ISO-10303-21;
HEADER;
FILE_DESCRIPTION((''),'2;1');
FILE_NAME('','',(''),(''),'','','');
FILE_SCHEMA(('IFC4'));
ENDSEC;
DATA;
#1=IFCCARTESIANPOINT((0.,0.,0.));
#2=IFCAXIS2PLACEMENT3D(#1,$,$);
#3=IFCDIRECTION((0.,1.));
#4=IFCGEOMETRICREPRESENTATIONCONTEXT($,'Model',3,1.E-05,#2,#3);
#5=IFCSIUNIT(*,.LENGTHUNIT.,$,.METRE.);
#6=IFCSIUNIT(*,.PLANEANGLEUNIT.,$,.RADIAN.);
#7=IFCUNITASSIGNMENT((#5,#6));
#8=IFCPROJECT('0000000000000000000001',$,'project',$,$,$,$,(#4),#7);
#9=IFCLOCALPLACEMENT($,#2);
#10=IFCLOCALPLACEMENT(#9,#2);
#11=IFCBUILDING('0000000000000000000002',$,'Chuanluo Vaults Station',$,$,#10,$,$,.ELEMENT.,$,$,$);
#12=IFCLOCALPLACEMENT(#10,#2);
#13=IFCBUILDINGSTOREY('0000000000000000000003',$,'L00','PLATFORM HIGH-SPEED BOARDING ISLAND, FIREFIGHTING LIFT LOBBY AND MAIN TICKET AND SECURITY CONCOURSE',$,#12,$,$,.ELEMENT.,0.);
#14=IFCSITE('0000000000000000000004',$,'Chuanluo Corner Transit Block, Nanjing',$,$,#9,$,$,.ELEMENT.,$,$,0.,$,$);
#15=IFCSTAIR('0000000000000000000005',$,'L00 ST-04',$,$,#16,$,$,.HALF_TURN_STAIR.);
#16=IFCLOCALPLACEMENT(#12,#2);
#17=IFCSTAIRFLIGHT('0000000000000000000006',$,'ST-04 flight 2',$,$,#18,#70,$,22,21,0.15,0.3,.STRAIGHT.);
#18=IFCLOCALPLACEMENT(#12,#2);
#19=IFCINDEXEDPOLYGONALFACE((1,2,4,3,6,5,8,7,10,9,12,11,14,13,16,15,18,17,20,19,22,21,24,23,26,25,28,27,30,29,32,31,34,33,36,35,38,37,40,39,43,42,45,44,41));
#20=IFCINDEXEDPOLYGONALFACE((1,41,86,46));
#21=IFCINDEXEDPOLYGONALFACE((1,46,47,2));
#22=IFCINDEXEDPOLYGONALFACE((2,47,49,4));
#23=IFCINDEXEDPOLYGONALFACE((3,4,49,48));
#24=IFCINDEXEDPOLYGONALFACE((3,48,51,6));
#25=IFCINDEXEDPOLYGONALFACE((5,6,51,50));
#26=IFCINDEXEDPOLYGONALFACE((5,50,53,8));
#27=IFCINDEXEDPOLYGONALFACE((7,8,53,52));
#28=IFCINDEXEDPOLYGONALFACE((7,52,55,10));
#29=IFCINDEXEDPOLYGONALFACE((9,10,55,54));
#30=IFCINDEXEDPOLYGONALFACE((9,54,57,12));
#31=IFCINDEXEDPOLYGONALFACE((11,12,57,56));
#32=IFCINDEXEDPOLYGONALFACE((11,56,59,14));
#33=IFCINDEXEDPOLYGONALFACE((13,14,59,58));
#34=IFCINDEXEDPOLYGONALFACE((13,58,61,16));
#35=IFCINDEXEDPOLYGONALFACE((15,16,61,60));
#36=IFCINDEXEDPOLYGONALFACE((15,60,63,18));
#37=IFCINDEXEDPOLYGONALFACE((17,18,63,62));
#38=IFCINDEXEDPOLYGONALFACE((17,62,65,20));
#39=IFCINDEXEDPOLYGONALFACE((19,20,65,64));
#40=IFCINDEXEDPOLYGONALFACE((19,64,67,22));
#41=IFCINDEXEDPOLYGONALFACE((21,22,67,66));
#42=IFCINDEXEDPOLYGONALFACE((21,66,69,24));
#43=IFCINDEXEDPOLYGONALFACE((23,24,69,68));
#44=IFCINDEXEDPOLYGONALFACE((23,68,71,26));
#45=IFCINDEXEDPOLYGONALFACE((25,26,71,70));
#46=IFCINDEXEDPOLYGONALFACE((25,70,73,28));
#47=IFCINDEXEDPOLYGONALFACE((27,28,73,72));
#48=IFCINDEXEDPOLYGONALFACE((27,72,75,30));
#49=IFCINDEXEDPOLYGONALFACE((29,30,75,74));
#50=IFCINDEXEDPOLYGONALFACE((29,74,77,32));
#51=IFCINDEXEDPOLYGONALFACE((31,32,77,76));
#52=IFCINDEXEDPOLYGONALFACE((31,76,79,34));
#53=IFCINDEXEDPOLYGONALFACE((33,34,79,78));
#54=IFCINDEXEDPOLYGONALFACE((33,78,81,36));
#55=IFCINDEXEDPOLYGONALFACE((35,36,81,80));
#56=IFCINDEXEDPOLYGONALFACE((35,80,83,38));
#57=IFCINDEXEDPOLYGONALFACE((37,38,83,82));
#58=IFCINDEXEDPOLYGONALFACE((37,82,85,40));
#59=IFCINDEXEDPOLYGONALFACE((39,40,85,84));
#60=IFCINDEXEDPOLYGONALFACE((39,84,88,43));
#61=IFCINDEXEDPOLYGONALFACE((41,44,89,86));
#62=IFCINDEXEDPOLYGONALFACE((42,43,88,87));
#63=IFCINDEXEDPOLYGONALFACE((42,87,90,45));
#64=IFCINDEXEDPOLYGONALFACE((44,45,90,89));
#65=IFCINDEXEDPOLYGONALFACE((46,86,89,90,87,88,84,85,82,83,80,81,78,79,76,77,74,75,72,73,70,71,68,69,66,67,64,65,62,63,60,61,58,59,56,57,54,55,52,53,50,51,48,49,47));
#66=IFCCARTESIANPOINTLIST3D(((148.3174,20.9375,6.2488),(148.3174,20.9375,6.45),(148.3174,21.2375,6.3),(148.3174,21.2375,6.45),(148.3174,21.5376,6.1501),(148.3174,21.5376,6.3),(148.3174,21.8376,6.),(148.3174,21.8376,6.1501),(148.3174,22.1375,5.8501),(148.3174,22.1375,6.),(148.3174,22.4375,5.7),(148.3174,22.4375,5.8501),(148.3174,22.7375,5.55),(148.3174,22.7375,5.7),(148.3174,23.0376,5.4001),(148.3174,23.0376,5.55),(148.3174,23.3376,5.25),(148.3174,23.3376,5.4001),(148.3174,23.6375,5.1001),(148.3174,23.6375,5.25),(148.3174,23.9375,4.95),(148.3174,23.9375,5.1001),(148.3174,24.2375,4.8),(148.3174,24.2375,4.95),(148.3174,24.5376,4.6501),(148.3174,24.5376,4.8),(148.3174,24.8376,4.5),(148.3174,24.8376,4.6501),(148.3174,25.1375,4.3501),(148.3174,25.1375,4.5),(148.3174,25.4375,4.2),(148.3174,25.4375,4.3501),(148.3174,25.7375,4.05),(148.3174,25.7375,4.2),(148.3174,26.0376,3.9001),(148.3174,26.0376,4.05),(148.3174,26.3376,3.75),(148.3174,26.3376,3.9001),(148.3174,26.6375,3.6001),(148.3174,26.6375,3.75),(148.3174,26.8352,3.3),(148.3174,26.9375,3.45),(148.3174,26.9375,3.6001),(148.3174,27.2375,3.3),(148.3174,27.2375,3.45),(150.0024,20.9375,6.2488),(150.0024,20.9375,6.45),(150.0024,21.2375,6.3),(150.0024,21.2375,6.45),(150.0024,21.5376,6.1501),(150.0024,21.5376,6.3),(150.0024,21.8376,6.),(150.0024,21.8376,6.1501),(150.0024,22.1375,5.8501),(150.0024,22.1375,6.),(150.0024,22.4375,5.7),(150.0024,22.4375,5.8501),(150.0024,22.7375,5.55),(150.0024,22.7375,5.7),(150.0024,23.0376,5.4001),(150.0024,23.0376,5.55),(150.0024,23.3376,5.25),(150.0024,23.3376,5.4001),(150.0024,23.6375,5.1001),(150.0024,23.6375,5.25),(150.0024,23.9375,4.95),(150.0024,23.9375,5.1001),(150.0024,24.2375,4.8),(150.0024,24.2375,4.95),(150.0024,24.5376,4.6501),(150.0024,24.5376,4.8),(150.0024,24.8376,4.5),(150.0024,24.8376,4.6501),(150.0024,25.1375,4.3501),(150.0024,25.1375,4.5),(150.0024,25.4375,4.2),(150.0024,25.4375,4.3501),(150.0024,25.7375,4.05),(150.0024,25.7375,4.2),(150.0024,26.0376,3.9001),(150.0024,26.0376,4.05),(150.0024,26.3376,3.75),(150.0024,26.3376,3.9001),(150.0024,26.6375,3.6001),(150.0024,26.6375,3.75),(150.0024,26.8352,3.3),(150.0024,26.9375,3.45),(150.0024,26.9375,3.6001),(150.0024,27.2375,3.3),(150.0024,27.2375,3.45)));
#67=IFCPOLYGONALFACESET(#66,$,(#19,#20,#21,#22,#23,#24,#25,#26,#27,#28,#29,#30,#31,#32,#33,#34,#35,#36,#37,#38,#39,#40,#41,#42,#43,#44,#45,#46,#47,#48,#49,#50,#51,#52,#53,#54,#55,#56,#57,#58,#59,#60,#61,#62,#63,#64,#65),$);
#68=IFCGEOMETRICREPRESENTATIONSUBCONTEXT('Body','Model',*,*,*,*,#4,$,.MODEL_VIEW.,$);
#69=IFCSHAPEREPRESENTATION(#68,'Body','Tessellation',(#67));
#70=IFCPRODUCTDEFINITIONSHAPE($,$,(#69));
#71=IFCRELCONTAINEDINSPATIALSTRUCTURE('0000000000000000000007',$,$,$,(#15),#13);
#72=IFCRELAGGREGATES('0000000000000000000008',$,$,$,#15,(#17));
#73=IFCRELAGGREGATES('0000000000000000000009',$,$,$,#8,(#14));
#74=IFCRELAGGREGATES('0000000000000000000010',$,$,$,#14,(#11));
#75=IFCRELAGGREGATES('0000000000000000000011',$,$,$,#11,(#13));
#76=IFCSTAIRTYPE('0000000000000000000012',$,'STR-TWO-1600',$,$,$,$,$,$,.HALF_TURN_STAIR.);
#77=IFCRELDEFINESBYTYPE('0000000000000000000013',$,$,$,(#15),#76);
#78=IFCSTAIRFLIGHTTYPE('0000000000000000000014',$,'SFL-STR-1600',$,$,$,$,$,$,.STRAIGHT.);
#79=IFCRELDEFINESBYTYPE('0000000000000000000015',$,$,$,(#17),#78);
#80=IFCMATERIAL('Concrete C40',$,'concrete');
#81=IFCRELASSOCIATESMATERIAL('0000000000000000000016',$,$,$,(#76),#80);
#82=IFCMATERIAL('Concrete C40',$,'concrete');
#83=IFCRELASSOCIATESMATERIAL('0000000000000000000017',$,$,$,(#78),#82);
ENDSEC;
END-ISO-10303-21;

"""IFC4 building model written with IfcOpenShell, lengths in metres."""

from ifc_helpers import new_model, si_unit, direction, frame, origin, place, context, subcontext, project, spatial, polyline, outline, extrude, material, type_object, element, aggregate, save


model = new_model("IFC4")

# Units and contexts
model_context = context("Model", 3, precision=1e-05, world=origin(), true_north=direction((0.0, 1.0)))
body_context = subcontext(model_context, "Body", "Model", "MODEL_VIEW")
ifc_project = project(units=[si_unit("LENGTHUNIT", "METRE"), si_unit("PLANEANGLEUNIT", "RADIAN")], contexts=[model_context])

# Site, building, storey
site_placement = place(None, origin())
site = spatial("IfcSite", under=ifc_project, at=site_placement, Name="Chuanluo Corner Transit Block, Nanjing", CompositionType="ELEMENT", RefElevation=0.0)
building_placement = place(site_placement, origin())
building = spatial("IfcBuilding", under=site, at=building_placement, Name="Chuanluo Vaults Station", CompositionType="ELEMENT")
storey_placement = place(building_placement, origin())
storey = spatial("IfcBuildingStorey", under=building, at=storey_placement, Name="L00", Description="PLATFORM HIGH-SPEED BOARDING ISLAND, FIREFIGHTING LIFT LOBBY AND MAIN TICKET AND SECURITY CONCOURSE", CompositionType="ELEMENT", Elevation=0.0)

# Stair, stair flight
ifc_material_1 = material(Name="Concrete C40", Category="concrete")
stair_type = type_object("IfcStairType", Name="STR-TWO-1600", PredefinedType="HALF_TURN_STAIR", material=ifc_material_1)
stair_placement = place(storey_placement, origin())
stair = element("IfcStair", 1, at=stair_placement, inside=storey, type_object=stair_type, Name="L00 ST-04", PredefinedType="HALF_TURN_STAIR")
ifc_material_2 = material(Name="Concrete C40", Category="concrete")
stair_flight_type = type_object("IfcStairFlightType", Name="SFL-STR-1600", PredefinedType="STRAIGHT", material=ifc_material_2)
stair_flight_1_placement = place(storey_placement, frame((149.1599, 27.2375, 3.3), z_axis=(0.0, 0.0, 1.0), x_axis=(0.0, -1.0, 0.0)))
stair_flight_1 = element("IfcStairFlight", 2, at=stair_flight_1_placement, type_object=stair_flight_type, Name="ST-04 flight 2", NumberOfRisers=22, NumberOfTreads=21, PredefinedType="STRAIGHT", RiserHeight=0.15, TreadLength=0.3, context=body_context, shape_type="SweptSolid", body=[
    extrude(outline(polyline([(0.0, 0.0), (0.0, 0.1499), (0.3, 0.1499), (0.3, 0.3), (0.6001, 0.3), (0.6001, 0.45), (0.8999, 0.45), (0.8999, 0.6001), (1.2, 0.6001), (1.2, 0.75), (1.5, 0.75), (1.5, 0.8999), (1.8, 0.8999), (1.8, 1.05), (2.1001, 1.05), (2.1001, 1.2), (2.3999, 1.2), (2.3999, 1.3501), (2.7, 1.3501), (2.7, 1.5), (3.0, 1.5), (3.0, 1.6499), (3.3, 1.6499), (3.3, 1.8), (3.6001, 1.8), (3.6001, 1.95), (3.8999, 1.95), (3.8999, 2.1001), (4.2, 2.1001), (4.2, 2.25), (4.5, 2.25), (4.5, 2.3999), (4.8, 2.3999), (4.8, 2.55), (5.1001, 2.55), (5.1001, 2.7), (5.3999, 2.7), (5.3999, 2.8501), (5.7, 2.8501), (5.7, 3.0), (6.0, 3.0), (6.0, 3.1499), (6.3, 3.1499), (6.3, 3.3), (6.3, 2.9487), (0.4023, 0.0), (0.0, 0.0)])), frame((0.0, 0.8425, 0.0), z_axis=(0.0, -1.0, 0.0), x_axis=(1.0, 0.0, 0.0)), (0.0, 0.0, 1.0), 1.6851),
])
aggregate(stair, [stair_flight_1])

save(model, "model.ifc")
